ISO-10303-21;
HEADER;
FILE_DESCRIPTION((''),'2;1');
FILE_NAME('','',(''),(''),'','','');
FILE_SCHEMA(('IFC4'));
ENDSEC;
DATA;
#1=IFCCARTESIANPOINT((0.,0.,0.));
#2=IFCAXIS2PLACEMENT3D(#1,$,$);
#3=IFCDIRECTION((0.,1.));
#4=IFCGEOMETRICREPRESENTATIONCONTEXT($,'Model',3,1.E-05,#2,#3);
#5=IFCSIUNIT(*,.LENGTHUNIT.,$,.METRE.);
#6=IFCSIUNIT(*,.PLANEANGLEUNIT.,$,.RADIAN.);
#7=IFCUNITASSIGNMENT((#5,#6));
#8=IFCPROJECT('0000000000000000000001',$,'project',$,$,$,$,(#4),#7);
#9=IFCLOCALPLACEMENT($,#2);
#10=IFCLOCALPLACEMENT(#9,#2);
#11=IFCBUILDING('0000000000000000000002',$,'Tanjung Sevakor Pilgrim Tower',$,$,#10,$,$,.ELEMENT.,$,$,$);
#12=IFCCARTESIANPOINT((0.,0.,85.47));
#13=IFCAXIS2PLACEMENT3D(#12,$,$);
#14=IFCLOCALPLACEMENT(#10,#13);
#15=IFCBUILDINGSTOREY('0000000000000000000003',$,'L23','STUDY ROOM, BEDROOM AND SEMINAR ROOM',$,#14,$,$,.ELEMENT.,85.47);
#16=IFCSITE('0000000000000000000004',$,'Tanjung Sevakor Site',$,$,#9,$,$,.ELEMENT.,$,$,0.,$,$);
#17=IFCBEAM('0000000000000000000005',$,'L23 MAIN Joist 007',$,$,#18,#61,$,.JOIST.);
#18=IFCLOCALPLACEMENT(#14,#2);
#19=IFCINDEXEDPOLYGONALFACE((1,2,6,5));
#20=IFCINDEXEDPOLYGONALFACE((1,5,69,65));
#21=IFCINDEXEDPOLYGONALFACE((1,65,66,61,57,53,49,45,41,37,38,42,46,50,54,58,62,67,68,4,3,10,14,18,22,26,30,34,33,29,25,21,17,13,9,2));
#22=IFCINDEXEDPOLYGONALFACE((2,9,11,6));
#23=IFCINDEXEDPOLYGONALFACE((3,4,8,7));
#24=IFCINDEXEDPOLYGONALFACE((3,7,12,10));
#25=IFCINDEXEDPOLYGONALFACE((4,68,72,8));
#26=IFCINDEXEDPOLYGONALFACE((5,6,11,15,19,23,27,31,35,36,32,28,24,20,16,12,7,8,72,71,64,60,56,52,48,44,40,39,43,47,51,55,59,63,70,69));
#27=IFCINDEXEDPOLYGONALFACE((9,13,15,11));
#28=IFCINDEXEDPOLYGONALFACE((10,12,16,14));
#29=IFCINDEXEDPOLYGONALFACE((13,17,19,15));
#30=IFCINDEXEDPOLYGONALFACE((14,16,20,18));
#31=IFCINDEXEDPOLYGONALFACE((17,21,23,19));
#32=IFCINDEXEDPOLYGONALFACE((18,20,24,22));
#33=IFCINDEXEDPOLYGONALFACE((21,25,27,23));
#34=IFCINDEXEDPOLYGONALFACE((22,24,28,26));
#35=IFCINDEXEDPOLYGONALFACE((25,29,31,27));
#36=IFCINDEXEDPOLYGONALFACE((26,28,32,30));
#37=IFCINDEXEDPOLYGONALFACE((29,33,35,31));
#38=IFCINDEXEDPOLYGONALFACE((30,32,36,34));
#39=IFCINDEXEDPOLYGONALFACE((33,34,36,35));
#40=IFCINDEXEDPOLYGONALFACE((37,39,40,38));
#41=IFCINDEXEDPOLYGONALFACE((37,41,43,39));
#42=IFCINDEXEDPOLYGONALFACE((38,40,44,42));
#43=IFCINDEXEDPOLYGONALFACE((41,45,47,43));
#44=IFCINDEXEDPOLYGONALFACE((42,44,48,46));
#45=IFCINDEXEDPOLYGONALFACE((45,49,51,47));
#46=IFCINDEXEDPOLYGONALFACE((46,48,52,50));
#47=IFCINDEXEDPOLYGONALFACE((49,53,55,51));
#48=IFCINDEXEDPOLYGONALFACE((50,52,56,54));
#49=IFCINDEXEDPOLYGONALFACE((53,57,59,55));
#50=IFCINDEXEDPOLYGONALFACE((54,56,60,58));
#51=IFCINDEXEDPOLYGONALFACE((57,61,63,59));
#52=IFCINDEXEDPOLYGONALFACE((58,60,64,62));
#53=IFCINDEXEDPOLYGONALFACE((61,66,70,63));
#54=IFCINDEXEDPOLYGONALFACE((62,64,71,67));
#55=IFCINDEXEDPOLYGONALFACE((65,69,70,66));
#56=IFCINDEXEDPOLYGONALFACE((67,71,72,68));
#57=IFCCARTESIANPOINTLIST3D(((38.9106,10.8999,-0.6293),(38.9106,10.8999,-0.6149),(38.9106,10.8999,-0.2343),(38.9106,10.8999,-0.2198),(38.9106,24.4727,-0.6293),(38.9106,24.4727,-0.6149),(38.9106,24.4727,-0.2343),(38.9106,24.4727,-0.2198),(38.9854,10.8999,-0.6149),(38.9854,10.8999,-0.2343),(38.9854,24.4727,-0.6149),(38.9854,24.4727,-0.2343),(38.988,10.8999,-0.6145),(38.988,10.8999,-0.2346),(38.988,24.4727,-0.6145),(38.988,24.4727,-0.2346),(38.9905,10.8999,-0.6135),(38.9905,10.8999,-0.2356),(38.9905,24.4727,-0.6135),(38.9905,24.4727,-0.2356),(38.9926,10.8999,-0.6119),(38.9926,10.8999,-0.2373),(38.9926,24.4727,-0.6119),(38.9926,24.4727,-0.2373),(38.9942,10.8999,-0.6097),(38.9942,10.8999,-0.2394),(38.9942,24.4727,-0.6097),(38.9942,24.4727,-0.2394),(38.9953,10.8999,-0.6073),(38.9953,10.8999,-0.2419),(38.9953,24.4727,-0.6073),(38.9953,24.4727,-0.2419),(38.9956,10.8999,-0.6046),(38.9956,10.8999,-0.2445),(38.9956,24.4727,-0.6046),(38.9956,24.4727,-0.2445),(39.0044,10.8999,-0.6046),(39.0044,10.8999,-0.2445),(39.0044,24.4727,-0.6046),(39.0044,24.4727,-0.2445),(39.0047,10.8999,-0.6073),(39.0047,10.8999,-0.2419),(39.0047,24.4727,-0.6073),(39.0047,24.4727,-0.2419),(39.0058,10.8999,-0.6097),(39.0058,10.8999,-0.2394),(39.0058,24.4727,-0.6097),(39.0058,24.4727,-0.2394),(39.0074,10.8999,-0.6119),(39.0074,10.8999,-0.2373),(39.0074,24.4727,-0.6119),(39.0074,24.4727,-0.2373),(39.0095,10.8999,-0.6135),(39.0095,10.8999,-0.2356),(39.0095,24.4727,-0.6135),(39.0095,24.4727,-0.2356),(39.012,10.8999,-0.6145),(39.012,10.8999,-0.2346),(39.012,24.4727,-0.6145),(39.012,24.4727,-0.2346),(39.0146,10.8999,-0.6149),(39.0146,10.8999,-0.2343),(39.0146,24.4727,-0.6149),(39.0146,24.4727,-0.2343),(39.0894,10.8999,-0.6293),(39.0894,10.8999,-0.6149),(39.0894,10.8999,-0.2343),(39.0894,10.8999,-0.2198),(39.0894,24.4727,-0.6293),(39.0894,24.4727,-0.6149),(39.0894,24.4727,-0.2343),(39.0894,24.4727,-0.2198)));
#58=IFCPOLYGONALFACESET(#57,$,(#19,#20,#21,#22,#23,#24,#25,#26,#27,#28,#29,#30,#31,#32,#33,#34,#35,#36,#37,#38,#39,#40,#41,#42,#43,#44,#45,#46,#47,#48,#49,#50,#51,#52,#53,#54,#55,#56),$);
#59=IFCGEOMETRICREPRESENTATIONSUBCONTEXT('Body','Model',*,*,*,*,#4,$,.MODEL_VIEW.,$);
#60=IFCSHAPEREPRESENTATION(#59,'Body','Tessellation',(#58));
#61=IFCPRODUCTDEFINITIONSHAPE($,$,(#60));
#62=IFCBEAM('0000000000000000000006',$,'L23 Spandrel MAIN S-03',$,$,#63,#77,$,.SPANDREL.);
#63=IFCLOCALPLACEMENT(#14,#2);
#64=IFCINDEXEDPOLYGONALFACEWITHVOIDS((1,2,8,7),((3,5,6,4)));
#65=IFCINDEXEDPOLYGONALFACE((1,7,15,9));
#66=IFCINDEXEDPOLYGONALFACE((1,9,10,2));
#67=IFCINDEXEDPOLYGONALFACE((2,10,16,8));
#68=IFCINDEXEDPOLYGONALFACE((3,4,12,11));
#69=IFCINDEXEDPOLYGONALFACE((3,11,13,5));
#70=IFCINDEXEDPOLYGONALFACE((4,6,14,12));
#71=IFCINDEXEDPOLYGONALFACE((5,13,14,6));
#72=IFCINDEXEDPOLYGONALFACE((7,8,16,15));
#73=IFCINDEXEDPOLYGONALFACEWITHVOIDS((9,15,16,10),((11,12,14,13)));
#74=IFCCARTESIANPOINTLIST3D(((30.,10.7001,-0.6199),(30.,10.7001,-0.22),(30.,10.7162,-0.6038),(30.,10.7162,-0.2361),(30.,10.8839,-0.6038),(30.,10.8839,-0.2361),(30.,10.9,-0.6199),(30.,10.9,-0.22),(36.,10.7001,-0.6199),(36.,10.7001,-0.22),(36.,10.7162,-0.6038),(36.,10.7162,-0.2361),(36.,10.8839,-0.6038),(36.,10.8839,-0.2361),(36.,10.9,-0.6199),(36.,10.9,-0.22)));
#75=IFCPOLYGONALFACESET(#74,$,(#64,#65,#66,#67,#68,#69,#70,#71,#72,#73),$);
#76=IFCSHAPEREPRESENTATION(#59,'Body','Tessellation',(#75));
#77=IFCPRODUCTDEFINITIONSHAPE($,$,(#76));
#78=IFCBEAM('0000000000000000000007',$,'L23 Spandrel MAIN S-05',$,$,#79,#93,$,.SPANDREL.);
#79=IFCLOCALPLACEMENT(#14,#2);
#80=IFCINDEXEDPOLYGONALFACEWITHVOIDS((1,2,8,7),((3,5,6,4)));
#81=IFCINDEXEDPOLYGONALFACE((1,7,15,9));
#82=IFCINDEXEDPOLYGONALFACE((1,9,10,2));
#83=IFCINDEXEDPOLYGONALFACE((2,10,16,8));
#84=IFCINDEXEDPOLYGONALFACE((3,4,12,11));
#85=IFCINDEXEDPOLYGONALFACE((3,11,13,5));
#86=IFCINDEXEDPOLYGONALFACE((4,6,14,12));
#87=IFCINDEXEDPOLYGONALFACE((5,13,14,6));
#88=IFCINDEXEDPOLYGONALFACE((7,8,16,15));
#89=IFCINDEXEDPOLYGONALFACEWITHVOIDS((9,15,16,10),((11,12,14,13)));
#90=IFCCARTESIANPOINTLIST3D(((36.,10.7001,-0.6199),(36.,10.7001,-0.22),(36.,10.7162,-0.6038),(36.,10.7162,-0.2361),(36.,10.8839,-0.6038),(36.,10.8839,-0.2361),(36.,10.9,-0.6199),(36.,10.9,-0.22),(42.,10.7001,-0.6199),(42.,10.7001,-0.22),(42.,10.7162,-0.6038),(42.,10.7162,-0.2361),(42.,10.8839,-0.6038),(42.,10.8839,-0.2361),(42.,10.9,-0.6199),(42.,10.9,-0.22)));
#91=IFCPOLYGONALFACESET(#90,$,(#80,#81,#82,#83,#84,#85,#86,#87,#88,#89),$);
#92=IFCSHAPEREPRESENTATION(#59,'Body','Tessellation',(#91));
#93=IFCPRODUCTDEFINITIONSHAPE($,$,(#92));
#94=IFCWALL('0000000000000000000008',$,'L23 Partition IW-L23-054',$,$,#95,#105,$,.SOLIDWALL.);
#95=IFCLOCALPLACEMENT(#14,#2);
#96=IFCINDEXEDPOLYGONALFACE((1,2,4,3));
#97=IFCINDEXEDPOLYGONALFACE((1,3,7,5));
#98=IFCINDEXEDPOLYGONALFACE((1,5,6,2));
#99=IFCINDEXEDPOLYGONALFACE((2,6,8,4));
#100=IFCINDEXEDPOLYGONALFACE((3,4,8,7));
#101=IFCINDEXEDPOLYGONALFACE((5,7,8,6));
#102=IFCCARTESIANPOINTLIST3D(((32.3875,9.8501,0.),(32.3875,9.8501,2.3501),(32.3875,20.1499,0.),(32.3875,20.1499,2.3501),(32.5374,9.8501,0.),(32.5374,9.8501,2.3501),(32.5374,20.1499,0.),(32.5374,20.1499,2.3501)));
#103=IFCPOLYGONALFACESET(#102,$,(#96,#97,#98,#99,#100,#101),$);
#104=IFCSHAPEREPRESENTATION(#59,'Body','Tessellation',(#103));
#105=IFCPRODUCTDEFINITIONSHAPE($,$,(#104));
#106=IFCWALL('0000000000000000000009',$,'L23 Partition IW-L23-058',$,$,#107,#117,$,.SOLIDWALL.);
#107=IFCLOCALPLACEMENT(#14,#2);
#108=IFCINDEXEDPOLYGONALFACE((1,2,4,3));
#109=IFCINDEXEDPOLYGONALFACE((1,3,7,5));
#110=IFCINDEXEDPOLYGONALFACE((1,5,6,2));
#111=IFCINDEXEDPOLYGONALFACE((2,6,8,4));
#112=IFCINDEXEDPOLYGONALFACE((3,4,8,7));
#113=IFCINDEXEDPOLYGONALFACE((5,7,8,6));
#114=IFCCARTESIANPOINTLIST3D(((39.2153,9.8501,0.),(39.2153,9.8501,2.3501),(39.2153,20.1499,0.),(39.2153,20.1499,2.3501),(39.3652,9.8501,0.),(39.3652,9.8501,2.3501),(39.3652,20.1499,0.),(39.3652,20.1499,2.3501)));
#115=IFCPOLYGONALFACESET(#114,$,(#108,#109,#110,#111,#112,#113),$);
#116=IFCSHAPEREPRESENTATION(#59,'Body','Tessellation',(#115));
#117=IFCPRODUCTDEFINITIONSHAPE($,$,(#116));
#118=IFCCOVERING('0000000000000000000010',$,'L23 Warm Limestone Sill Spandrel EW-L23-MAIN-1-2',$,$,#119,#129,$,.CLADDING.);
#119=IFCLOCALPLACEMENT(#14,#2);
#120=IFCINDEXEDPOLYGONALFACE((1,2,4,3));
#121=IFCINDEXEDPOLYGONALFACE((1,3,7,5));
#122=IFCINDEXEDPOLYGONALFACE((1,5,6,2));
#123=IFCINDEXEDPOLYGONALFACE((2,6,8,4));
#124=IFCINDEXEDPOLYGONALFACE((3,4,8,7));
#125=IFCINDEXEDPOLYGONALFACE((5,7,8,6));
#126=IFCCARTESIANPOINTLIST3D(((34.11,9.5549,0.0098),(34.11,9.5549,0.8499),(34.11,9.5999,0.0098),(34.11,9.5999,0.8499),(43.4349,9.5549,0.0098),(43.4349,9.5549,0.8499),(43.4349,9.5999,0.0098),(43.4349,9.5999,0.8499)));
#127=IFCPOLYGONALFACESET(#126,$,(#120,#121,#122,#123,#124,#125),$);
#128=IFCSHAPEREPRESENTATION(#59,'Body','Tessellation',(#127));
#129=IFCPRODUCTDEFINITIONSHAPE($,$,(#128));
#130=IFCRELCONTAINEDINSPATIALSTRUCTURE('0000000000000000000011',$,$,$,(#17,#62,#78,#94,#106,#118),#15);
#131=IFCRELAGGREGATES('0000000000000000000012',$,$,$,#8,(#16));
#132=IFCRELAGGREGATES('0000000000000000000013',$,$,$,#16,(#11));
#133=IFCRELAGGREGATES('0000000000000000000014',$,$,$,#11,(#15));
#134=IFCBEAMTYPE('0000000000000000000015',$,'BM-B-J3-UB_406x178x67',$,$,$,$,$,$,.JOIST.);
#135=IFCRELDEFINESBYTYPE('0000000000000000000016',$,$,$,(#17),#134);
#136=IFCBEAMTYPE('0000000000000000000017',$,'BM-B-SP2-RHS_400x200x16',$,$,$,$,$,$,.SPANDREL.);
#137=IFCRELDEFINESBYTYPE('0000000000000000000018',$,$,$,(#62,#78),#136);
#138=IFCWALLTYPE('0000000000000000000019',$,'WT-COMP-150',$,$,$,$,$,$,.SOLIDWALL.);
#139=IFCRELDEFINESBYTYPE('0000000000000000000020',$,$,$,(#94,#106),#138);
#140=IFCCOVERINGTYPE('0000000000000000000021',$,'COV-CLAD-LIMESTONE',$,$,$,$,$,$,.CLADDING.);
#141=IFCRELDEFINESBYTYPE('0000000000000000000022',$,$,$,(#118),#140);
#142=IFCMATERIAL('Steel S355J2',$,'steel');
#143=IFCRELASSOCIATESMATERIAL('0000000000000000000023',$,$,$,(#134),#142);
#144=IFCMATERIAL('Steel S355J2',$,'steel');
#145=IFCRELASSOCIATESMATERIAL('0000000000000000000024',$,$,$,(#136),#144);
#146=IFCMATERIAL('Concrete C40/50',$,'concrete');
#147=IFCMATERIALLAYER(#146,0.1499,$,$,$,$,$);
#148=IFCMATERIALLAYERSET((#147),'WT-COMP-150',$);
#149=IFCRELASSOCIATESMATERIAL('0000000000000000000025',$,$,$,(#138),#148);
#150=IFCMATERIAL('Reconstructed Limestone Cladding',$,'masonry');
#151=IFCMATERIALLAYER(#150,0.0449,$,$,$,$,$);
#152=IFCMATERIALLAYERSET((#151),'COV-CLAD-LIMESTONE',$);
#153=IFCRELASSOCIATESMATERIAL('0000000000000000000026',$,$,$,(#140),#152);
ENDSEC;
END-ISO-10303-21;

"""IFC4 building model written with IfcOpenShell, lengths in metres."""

from ifc_helpers import new_model, si_unit, direction, frame, frame_2d, origin, origin_2d, place, context, subcontext, project, spatial, rectangle, hollow_rectangle, i_section, extrude, material, layer, layer_set, material_profile, profile_set, type_object, element, save


model = new_model("IFC4")

# Units and contexts
model_context = context("Model", 3, precision=1e-05, world=origin(), true_north=direction((0.0, 1.0)))
body_context = subcontext(model_context, "Body", "Model", "MODEL_VIEW")
ifc_project = project(units=[si_unit("LENGTHUNIT", "METRE"), si_unit("PLANEANGLEUNIT", "RADIAN")], contexts=[model_context])

# Site, building, storey
site_placement = place(None, origin())
site = spatial("IfcSite", under=ifc_project, at=site_placement, Name="Tanjung Sevakor Site", CompositionType="ELEMENT", RefElevation=0.0)
building_placement = place(site_placement, origin())
building = spatial("IfcBuilding", under=site, at=building_placement, Name="Tanjung Sevakor Pilgrim Tower", CompositionType="ELEMENT")
storey_placement = place(building_placement, frame((0.0, 0.0, 85.47)))
storey = spatial("IfcBuildingStorey", under=building, at=storey_placement, Name="L23", Description="STUDY ROOM, BEDROOM AND SEMINAR ROOM", CompositionType="ELEMENT", Elevation=85.47)

# Beams
ifc_material_1 = material(Name="Steel S355J2", Category="steel")
ifc_material_profile_1 = material_profile(ifc_material_1, i_section(OverallWidth=0.1787, OverallDepth=0.4094, WebThickness=0.0088, FlangeThickness=0.0144, FilletRadius=0.0103, at=origin_2d()))
ifc_profile_set_1 = profile_set([ifc_material_profile_1], Name="Steel S355J2")
beam_type_1 = type_object("IfcBeamType", Name="BM-B-J3-UB_406x178x67", PredefinedType="JOIST", material=ifc_profile_set_1)
beam_1_placement = place(storey_placement, frame((39.0, 10.8999, -0.4246), z_axis=(0.0, 1.0, 0.0), x_axis=(-1.0, 0.0, 0.0)))
element("IfcBeam", 1, at=beam_1_placement, inside=storey, type_object=beam_type_1, Name="L23 MAIN Joist 007", PredefinedType="JOIST", context=body_context, shape_type="SweptSolid", body=[
    extrude(i_section(OverallWidth=0.1787, OverallDepth=0.4094, WebThickness=0.0088, FlangeThickness=0.0144, FilletRadius=0.0103, at=origin_2d()), origin(), (0.0, 0.0, 1.0), 13.5728),
])
ifc_material_2 = material(Name="Steel S355J2", Category="steel")
ifc_material_profile_2 = material_profile(ifc_material_2, hollow_rectangle(XDim=0.2, YDim=0.3999, WallThickness=0.0161, at=origin_2d()))
ifc_profile_set_2 = profile_set([ifc_material_profile_2], Name="Steel S355J2")
beam_type_2 = type_object("IfcBeamType", Name="BM-B-SP2-RHS_400x200x16", PredefinedType="SPANDREL", material=ifc_profile_set_2)
for number, where, z_axis, x_axis, name in (
    (2, (30.0, 10.8, -0.4199), (1.0, 0.0, 0.0), (0.0, 1.0, 0.0), "L23 Spandrel MAIN S-03"),
    (3, (36.0, 10.8, -0.4199), (1.0, 0.0, 0.0), (0.0, 1.0, 0.0), "L23 Spandrel MAIN S-05"),
):
    element("IfcBeam", number, at=place(storey_placement, frame(where, z_axis=z_axis, x_axis=x_axis)), inside=storey, type_object=beam_type_2, Name=name, PredefinedType="SPANDREL", context=body_context, shape_type="SweptSolid", body=[
        extrude(hollow_rectangle(XDim=0.2, YDim=0.3999, WallThickness=0.0161, at=origin_2d()), origin(), (0.0, 0.0, 1.0), 6.0),
    ])

# Walls
ifc_material_3 = material(Name="Concrete C40/50", Category="concrete")
ifc_layer_1 = layer(ifc_material_3, 0.1499)
ifc_layer_set_1 = layer_set([ifc_layer_1], Name="WT-COMP-150")
wall_type = type_object("IfcWallType", Name="WT-COMP-150", PredefinedType="SOLIDWALL", material=ifc_layer_set_1)
for number, where, z_axis, x_axis, name in (
    (4, (32.4624, 9.8501, 0.0), (0.0, 0.0, 1.0), (0.0, 1.0, 0.0), "L23 Partition IW-L23-054"),
    (5, (39.2903, 9.8501, 0.0), (0.0, 0.0, 1.0), (0.0, 1.0, 0.0), "L23 Partition IW-L23-058"),
):
    element("IfcWall", number, at=place(storey_placement, frame(where, z_axis=z_axis, x_axis=x_axis)), inside=storey, type_object=wall_type, Name=name, PredefinedType="SOLIDWALL", context=body_context, shape_type="SweptSolid", body=[
        extrude(rectangle(XDim=10.2998, YDim=0.1499, at=frame_2d((5.1499, 0.0))), origin(), (0.0, 0.0, 1.0), 2.3501),
    ])

# Covering
ifc_material_4 = material(Name="Reconstructed Limestone Cladding", Category="masonry")
ifc_layer_2 = layer(ifc_material_4, 0.0449)
ifc_layer_set_2 = layer_set([ifc_layer_2], Name="COV-CLAD-LIMESTONE")
covering_type = type_object("IfcCoveringType", Name="COV-CLAD-LIMESTONE", PredefinedType="CLADDING", material=ifc_layer_set_2)
covering_placement = place(storey_placement, frame((38.7725, 9.5774, 0.0098), z_axis=(0.0, 0.0, 1.0), x_axis=(1.0, 0.0, 0.0)))
element("IfcCovering", 6, at=covering_placement, inside=storey, type_object=covering_type, Name="L23 Warm Limestone Sill Spandrel EW-L23-MAIN-1-2", PredefinedType="CLADDING", context=body_context, shape_type="SweptSolid", body=[
    extrude(rectangle(XDim=9.325, YDim=0.0449, at=origin_2d()), origin(), (0.0, 0.0, 1.0), 0.8401),
])

save(model, "model.ifc")
